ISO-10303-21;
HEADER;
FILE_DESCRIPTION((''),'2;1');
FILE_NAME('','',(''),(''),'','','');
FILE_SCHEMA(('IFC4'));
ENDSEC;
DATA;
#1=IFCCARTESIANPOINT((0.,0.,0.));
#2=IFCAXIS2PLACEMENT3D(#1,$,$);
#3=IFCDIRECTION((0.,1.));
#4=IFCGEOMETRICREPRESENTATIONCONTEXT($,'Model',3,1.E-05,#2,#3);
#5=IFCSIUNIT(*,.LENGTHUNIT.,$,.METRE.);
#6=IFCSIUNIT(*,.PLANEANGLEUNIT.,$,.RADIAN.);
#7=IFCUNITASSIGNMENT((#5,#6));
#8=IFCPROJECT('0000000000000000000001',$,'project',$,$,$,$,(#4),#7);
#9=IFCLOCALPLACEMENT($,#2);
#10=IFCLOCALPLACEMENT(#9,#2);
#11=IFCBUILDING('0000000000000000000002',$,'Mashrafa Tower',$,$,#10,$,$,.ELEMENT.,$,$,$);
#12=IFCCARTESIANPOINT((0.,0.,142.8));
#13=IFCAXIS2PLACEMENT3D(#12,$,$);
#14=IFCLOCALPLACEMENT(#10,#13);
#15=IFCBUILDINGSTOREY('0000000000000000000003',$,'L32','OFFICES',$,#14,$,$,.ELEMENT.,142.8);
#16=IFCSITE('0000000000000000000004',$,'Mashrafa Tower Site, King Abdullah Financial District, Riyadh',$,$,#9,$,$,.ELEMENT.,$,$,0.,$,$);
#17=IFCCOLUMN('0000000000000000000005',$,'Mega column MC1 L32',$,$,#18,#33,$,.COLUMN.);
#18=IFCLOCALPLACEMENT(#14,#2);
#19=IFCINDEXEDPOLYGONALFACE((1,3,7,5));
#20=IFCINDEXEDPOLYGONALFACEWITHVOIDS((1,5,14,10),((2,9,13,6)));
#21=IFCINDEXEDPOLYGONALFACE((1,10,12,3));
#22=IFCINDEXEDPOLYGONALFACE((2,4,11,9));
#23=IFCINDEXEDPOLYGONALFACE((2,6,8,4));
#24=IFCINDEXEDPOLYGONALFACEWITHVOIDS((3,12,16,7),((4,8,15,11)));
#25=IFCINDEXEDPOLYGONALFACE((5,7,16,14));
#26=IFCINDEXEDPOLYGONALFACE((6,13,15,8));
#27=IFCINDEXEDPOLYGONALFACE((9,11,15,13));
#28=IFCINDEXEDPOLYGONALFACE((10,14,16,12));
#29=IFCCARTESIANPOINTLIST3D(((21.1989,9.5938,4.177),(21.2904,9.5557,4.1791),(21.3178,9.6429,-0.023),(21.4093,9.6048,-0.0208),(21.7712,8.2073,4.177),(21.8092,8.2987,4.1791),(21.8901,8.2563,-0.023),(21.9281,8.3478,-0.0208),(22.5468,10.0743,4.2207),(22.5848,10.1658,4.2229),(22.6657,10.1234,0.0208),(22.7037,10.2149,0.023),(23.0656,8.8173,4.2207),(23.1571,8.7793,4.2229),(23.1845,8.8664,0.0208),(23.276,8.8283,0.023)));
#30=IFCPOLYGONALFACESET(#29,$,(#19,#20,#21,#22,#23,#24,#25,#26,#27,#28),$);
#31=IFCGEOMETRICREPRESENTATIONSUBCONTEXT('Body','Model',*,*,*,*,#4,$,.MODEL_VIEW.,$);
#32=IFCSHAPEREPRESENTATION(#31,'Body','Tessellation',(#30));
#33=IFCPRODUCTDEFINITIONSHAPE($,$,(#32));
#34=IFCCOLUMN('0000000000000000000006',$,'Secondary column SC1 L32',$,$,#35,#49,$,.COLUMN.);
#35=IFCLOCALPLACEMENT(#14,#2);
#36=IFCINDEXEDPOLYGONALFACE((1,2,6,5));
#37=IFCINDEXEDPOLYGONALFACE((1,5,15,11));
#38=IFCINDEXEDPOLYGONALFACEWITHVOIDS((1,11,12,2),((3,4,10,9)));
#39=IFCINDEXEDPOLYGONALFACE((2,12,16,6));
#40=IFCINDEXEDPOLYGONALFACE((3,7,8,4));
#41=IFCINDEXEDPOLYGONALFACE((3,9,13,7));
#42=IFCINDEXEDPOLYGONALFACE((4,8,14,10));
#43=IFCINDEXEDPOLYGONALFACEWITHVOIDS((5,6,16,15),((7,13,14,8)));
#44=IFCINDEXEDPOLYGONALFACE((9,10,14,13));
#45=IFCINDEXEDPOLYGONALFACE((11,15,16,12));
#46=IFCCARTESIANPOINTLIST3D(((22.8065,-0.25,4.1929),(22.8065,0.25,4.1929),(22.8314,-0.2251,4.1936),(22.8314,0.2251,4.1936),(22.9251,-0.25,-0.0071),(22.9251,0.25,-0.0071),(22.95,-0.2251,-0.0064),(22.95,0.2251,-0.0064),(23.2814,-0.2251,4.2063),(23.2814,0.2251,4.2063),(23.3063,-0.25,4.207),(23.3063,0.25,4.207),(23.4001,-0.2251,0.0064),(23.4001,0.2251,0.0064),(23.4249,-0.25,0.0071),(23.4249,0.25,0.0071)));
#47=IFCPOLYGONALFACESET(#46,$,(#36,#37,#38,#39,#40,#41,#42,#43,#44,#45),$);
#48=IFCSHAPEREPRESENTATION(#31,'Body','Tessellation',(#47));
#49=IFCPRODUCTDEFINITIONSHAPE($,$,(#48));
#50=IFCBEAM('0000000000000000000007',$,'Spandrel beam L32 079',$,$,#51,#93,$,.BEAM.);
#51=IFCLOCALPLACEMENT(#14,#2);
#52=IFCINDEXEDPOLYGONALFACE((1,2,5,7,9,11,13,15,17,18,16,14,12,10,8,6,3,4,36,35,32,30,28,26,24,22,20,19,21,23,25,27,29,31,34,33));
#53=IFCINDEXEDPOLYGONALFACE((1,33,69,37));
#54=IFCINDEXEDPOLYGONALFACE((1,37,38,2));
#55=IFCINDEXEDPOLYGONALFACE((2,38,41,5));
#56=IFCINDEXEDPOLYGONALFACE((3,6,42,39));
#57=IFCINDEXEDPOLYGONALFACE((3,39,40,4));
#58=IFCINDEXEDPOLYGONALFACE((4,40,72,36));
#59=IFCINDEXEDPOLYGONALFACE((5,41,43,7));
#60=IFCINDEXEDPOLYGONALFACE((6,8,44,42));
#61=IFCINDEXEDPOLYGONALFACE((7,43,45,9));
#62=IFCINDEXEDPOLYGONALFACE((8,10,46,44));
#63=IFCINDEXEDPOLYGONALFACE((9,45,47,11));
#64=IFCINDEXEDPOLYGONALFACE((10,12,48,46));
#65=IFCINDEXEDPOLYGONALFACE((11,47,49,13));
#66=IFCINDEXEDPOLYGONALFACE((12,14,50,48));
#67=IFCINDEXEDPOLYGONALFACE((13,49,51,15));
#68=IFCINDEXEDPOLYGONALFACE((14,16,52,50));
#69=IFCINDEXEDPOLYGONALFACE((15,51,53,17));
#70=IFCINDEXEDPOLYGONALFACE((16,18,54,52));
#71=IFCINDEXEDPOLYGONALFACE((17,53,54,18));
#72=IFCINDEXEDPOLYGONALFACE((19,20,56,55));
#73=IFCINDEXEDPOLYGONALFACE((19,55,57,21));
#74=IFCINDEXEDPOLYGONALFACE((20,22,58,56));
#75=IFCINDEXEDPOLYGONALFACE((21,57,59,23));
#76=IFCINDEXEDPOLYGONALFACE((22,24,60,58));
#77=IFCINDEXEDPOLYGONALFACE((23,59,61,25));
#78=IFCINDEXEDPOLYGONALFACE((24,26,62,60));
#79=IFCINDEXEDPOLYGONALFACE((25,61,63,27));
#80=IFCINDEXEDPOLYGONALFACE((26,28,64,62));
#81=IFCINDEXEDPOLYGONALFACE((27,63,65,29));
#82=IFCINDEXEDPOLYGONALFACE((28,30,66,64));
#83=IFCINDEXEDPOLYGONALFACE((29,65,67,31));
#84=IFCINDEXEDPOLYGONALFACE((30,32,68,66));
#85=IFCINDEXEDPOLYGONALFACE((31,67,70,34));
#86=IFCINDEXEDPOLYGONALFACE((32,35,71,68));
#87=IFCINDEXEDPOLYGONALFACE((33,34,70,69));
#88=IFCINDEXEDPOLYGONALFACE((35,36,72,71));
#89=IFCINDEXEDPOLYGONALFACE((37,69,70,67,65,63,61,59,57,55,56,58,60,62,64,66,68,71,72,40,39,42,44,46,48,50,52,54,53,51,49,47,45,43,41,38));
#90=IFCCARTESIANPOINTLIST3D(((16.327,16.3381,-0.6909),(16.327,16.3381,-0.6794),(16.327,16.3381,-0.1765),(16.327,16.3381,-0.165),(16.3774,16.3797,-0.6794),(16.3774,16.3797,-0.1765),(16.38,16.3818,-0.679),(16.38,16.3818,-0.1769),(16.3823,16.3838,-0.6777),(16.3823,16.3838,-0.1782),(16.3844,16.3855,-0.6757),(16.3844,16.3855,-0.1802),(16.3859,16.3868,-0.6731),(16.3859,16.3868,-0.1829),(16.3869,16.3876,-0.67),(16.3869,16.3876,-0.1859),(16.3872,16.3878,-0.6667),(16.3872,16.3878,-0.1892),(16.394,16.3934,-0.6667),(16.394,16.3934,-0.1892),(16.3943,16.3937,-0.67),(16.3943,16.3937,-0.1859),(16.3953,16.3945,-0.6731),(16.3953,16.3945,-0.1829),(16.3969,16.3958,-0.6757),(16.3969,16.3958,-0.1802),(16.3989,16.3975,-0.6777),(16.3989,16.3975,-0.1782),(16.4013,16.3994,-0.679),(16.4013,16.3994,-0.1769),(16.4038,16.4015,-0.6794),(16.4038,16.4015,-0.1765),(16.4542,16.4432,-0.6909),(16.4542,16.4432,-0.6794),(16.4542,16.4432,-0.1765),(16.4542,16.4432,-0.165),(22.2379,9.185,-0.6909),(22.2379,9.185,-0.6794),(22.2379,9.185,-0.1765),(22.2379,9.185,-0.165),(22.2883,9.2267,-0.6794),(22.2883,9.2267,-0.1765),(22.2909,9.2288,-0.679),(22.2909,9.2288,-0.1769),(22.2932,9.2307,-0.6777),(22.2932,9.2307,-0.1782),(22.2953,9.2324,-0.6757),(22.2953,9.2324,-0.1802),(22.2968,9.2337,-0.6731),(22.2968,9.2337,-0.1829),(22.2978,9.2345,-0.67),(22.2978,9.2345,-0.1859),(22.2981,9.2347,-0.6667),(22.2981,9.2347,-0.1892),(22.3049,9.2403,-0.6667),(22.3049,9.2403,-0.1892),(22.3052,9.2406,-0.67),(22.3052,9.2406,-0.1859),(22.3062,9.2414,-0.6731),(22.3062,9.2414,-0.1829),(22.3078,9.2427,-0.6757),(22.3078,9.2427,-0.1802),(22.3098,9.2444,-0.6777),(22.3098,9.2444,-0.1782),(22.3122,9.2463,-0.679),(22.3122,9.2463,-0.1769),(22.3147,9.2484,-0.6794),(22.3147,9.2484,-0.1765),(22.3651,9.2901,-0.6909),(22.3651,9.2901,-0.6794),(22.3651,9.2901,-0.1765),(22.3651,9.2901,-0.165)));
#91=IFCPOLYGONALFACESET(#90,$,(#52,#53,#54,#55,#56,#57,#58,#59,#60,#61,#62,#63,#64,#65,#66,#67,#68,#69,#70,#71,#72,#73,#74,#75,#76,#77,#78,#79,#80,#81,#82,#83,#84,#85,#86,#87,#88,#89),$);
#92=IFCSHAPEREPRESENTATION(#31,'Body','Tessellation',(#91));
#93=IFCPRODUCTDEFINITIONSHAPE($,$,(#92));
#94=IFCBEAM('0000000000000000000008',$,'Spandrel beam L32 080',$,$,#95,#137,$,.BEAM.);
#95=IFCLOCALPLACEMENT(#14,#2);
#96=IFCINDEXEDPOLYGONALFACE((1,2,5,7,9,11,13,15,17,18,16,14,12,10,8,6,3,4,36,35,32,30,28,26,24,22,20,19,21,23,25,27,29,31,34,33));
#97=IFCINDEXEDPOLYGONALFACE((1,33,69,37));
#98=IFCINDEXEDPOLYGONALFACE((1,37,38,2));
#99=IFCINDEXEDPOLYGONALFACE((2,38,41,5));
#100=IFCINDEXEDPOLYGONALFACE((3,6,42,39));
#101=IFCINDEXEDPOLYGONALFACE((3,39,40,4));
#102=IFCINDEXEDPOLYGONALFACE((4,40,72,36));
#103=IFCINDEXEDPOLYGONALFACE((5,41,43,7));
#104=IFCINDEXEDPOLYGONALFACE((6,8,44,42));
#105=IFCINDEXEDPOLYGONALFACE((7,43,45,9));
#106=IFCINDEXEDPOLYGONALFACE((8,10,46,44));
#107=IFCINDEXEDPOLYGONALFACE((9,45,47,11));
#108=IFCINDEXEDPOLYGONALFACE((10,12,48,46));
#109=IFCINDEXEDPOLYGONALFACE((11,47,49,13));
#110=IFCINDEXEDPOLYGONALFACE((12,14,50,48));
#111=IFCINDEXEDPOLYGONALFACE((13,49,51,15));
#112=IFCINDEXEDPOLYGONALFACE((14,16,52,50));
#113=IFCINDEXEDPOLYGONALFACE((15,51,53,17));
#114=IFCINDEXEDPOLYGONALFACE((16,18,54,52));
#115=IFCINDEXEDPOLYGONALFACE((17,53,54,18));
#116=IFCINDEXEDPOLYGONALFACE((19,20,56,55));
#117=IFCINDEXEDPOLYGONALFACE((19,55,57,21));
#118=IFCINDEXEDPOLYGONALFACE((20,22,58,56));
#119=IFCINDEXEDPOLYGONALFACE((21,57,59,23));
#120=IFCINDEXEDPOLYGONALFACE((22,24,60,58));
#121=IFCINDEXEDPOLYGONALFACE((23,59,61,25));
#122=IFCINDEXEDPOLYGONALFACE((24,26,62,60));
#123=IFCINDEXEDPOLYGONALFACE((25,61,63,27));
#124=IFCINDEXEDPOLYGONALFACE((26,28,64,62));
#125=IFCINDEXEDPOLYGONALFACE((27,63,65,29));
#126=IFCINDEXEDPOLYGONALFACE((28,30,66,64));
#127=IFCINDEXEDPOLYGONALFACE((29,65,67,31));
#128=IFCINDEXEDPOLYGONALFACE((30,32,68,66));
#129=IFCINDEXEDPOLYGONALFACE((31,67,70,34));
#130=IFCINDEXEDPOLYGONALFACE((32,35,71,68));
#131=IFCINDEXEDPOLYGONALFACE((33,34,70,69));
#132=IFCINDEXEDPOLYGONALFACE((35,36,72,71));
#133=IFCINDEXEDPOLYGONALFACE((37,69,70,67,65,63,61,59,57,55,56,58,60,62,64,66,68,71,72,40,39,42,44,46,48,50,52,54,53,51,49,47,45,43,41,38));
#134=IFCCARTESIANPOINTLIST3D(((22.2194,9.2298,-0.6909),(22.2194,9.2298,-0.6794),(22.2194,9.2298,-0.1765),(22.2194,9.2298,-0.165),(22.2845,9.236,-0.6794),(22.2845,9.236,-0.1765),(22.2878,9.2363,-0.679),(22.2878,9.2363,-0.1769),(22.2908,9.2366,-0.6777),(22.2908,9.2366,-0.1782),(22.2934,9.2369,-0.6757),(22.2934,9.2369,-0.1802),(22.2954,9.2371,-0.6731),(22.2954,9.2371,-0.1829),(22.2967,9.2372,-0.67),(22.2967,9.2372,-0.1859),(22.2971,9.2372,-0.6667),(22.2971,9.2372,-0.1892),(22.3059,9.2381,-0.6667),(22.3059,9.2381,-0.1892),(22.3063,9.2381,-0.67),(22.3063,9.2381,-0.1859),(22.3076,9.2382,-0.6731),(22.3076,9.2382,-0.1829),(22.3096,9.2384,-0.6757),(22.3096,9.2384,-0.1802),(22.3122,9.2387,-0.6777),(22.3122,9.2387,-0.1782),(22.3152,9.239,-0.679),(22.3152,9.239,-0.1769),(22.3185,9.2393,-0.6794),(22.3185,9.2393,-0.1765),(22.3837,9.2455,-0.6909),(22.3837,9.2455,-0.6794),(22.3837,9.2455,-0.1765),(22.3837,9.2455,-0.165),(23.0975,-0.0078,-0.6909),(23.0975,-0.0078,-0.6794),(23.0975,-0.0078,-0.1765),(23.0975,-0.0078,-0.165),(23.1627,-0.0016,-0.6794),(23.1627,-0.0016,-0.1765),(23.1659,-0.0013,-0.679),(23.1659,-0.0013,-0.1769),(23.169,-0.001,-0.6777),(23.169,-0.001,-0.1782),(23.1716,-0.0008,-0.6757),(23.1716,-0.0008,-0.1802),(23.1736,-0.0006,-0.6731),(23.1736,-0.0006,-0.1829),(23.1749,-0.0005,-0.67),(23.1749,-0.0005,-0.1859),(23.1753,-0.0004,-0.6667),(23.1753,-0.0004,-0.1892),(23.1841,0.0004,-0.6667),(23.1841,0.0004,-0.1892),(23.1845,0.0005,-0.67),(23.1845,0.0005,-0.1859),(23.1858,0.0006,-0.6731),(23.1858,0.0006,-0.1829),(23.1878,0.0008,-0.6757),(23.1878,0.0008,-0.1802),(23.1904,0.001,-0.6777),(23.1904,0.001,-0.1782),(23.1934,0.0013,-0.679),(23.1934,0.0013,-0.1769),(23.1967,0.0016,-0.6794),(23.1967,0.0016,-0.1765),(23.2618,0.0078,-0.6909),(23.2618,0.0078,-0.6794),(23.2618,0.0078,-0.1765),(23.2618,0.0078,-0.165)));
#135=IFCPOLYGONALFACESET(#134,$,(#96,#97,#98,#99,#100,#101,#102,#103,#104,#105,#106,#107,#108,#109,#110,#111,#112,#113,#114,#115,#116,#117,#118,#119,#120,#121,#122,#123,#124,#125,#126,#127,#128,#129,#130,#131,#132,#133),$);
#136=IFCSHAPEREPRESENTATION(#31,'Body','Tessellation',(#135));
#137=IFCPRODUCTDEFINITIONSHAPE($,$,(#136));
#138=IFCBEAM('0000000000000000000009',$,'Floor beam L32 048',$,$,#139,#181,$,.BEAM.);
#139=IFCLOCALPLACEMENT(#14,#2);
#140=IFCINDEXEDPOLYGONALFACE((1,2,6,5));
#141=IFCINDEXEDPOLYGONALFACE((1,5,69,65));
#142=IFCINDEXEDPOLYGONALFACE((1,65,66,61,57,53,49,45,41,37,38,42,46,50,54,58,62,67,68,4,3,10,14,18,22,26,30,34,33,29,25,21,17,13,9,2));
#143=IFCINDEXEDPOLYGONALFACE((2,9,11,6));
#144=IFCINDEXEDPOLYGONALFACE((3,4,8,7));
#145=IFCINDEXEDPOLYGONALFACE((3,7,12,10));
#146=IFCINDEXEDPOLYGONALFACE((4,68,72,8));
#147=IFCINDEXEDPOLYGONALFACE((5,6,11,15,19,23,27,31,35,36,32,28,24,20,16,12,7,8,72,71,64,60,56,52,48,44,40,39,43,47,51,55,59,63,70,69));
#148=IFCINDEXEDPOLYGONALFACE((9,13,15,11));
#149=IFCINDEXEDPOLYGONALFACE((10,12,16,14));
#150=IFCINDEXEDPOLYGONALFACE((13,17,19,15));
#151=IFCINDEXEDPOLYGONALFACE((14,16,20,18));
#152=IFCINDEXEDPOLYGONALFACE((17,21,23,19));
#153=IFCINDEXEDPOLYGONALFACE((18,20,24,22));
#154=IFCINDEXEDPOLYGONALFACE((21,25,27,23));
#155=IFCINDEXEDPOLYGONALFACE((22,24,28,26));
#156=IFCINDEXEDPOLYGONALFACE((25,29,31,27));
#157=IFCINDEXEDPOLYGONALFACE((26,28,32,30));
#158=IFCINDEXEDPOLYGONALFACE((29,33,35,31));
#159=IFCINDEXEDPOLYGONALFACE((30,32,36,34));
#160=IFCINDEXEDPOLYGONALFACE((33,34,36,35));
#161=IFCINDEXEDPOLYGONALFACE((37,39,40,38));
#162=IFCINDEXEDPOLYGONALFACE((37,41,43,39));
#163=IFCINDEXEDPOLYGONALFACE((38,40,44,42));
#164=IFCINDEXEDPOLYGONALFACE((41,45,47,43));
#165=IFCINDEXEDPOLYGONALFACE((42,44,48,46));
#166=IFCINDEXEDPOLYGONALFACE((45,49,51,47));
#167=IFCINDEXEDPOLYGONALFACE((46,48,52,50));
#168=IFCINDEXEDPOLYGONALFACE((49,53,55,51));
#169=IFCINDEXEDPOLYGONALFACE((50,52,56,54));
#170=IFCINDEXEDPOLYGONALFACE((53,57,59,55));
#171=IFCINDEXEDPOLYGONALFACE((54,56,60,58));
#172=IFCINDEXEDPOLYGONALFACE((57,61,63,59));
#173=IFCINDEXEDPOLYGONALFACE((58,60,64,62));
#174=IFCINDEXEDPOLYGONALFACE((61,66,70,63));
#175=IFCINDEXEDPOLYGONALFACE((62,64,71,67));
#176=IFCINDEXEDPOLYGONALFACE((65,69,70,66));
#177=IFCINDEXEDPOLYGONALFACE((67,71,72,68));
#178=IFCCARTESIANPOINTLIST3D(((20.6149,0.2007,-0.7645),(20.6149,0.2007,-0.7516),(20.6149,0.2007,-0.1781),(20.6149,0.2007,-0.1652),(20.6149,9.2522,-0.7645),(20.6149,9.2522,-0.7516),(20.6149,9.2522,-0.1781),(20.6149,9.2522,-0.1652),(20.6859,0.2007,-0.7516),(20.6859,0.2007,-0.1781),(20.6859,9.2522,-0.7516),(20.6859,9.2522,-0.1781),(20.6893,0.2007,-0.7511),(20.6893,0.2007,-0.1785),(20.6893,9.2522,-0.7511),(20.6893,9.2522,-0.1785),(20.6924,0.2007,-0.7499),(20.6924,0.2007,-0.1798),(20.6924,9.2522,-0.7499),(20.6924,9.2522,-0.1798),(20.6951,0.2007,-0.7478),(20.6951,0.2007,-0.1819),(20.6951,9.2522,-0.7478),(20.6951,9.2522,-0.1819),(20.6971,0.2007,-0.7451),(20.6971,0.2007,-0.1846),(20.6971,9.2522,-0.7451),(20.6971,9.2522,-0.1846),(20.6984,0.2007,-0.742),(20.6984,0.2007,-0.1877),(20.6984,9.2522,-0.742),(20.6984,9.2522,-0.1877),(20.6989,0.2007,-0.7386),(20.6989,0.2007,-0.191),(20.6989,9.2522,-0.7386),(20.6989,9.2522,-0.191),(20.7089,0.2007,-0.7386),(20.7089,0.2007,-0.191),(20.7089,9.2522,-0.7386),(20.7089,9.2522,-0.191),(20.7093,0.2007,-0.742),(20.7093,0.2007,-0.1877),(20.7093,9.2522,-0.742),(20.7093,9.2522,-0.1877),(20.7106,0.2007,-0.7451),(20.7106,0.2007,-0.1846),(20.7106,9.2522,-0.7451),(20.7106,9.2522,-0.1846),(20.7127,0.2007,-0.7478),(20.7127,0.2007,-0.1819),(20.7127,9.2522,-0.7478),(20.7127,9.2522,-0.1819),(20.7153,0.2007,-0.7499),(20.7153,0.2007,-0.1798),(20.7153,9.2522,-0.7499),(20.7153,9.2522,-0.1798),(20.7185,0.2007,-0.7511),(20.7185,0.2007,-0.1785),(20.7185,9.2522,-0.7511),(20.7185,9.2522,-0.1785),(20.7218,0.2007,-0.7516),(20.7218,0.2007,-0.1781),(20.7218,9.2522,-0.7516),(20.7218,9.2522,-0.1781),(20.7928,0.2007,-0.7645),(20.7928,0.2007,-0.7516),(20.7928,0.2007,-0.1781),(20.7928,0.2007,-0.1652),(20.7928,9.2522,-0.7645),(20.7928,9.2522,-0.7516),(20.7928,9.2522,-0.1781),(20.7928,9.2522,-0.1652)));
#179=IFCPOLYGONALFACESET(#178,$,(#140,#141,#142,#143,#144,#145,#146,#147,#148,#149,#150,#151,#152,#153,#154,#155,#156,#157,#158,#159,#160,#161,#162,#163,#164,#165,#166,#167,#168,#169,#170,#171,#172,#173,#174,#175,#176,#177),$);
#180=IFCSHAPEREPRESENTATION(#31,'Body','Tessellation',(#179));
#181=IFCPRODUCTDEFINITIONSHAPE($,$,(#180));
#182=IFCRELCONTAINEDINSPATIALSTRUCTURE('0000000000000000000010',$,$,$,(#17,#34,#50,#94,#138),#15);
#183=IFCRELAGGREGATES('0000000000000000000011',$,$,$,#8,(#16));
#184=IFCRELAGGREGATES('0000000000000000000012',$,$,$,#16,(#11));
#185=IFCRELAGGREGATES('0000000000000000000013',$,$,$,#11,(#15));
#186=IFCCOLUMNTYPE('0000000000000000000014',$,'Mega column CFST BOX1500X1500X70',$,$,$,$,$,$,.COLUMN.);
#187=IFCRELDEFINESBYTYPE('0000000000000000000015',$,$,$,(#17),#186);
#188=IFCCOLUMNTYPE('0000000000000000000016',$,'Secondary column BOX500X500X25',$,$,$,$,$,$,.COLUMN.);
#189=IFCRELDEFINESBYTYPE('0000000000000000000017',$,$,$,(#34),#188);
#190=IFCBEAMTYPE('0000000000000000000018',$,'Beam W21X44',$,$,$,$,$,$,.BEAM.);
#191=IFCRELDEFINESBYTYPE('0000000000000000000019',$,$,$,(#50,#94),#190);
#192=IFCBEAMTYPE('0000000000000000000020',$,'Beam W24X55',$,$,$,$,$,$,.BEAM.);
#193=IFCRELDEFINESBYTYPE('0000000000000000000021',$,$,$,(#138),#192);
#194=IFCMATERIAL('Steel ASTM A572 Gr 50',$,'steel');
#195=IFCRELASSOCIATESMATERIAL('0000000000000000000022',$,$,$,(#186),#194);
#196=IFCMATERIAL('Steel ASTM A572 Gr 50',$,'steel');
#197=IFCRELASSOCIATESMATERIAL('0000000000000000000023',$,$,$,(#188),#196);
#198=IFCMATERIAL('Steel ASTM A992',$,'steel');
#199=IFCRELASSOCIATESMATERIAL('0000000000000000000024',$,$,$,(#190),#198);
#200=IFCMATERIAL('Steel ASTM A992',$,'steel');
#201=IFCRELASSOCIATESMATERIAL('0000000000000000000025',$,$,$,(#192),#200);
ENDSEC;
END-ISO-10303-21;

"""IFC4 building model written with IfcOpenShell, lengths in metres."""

from ifc_helpers import new_model, si_unit, direction, frame, origin, origin_2d, place, context, subcontext, project, spatial, hollow_rectangle, i_section, extrude, material, material_profile, profile_set, type_object, element, save


model = new_model("IFC4")

# Units and contexts
model_context = context("Model", 3, precision=1e-05, world=origin(), true_north=direction((0.0, 1.0)))
body_context = subcontext(model_context, "Body", "Model", "MODEL_VIEW")
ifc_project = project(units=[si_unit("LENGTHUNIT", "METRE"), si_unit("PLANEANGLEUNIT", "RADIAN")], contexts=[model_context])

# Site, building, storey
site_placement = place(None, origin())
site = spatial("IfcSite", under=ifc_project, at=site_placement, Name="Mashrafa Tower Site, King Abdullah Financial District, Riyadh", CompositionType="ELEMENT", RefElevation=0.0)
building_placement = place(site_placement, origin())
building = spatial("IfcBuilding", under=site, at=building_placement, Name="Mashrafa Tower", CompositionType="ELEMENT")
storey_placement = place(building_placement, frame((0.0, 0.0, 142.8)))
storey = spatial("IfcBuildingStorey", under=building, at=storey_placement, Name="L32", Description="OFFICES", CompositionType="ELEMENT", Elevation=142.8)

# Columns
ifc_material_1 = material(Name="Steel ASTM A572 Gr 50", Category="steel")
ifc_material_profile_1 = material_profile(ifc_material_1, hollow_rectangle(XDim=1.5, YDim=1.5, WallThickness=0.0701, at=origin_2d()), Name="BOX1500X1500X70")
ifc_profile_set_1 = profile_set([ifc_material_profile_1], Name="Steel ASTM A572 Gr 50")
column_type_1 = type_object("IfcColumnType", Name="Mega column CFST BOX1500X1500X70", PredefinedType="COLUMN", material=ifc_profile_set_1)
column_1_placement = place(storey_placement, frame((22.2969, 9.2356, 0.0), z_axis=(-0.028296, -0.011679, 0.999531), x_axis=(0.381513, -0.924363, 0.0)))
element("IfcColumn", 1, at=column_1_placement, inside=storey, type_object=column_type_1, Name="Mega column MC1 L32", PredefinedType="COLUMN", context=body_context, shape_type="SweptSolid", body=[
    extrude(hollow_rectangle(XDim=1.5, YDim=1.5, WallThickness=0.0701, at=origin_2d()), origin(), (0.0, 0.0, 1.0), 4.2019),
])
ifc_material_2 = material(Name="Steel ASTM A572 Gr 50", Category="steel")
ifc_material_profile_2 = material_profile(ifc_material_2, hollow_rectangle(XDim=0.5, YDim=0.5, WallThickness=0.0249, at=origin_2d()), Name="BOX500X500X25")
ifc_profile_set_2 = profile_set([ifc_material_profile_2], Name="Steel ASTM A572 Gr 50")
column_type_2 = type_object("IfcColumnType", Name="Secondary column BOX500X500X25", PredefinedType="COLUMN", material=ifc_profile_set_2)
column_2_placement = place(storey_placement, frame((23.175, 0.0, 0.0), z_axis=(-0.02824, 0.0, 0.999601), x_axis=(0.0, -1.0, 0.0)))
element("IfcColumn", 2, at=column_2_placement, inside=storey, type_object=column_type_2, Name="Secondary column SC1 L32", PredefinedType="COLUMN", context=body_context, shape_type="SweptSolid", body=[
    extrude(hollow_rectangle(XDim=0.5, YDim=0.5, WallThickness=0.0249, at=origin_2d()), origin(), (0.0, 0.0, 1.0), 4.2017),
])

# Beams
ifc_material_3 = material(Name="Steel ASTM A992", Category="steel")
ifc_material_profile_3 = material_profile(ifc_material_3, i_section(OverallWidth=0.165, OverallDepth=0.5259, WebThickness=0.0088, FlangeThickness=0.0115, FilletRadius=0.0127, at=origin_2d()), Name="W21X44")
ifc_profile_set_3 = profile_set([ifc_material_profile_3], Name="Steel ASTM A992")
beam_type_1 = type_object("IfcBeamType", Name="Beam W21X44", PredefinedType="BEAM", material=ifc_profile_set_3)
for number, where, z_axis, x_axis, name in (
    (3, (22.3015, 9.2375, -0.428), (-0.636998, 0.770865, 0.0), (-0.770865, -0.636998, 0.0), "Spandrel beam L32 079"),
    (4, (23.1797, 0.0, -0.428), (-0.094639, 0.995512, 0.0), (-0.995512, -0.094639, 0.0), "Spandrel beam L32 080"),
):
    element("IfcBeam", number, at=place(storey_placement, frame(where, z_axis=z_axis, x_axis=x_axis)), inside=storey, type_object=beam_type_1, Name=name, PredefinedType="BEAM", context=body_context, shape_type="SweptSolid", body=[
        extrude(i_section(OverallWidth=0.165, OverallDepth=0.5259, WebThickness=0.0088, FlangeThickness=0.0115, FilletRadius=0.0127, at=origin_2d()), origin(), (0.0, 0.0, 1.0), 9.2793),
    ])
ifc_material_4 = material(Name="Steel ASTM A992", Category="steel")
ifc_material_profile_4 = material_profile(ifc_material_4, i_section(OverallWidth=0.178, OverallDepth=0.5994, WebThickness=0.01, FlangeThickness=0.0129, FilletRadius=0.0129, at=origin_2d()), Name="W24X55")
ifc_profile_set_4 = profile_set([ifc_material_profile_4], Name="Steel ASTM A992")
beam_type_2 = type_object("IfcBeamType", Name="Beam W24X55", PredefinedType="BEAM", material=ifc_profile_set_4)
beam_placement = place(storey_placement, frame((20.7039, 9.2522, -0.4648), z_axis=(0.0, -1.0, 0.0), x_axis=(1.0, 0.0, 0.0)))
element("IfcBeam", 5, at=beam_placement, inside=storey, type_object=beam_type_2, Name="Floor beam L32 048", PredefinedType="BEAM", context=body_context, shape_type="SweptSolid", body=[
    extrude(i_section(OverallWidth=0.178, OverallDepth=0.5994, WebThickness=0.01, FlangeThickness=0.0129, FilletRadius=0.0129, at=origin_2d()), origin(), (0.0, 0.0, 1.0), 9.0515),
])

save(model, "model.ifc")
